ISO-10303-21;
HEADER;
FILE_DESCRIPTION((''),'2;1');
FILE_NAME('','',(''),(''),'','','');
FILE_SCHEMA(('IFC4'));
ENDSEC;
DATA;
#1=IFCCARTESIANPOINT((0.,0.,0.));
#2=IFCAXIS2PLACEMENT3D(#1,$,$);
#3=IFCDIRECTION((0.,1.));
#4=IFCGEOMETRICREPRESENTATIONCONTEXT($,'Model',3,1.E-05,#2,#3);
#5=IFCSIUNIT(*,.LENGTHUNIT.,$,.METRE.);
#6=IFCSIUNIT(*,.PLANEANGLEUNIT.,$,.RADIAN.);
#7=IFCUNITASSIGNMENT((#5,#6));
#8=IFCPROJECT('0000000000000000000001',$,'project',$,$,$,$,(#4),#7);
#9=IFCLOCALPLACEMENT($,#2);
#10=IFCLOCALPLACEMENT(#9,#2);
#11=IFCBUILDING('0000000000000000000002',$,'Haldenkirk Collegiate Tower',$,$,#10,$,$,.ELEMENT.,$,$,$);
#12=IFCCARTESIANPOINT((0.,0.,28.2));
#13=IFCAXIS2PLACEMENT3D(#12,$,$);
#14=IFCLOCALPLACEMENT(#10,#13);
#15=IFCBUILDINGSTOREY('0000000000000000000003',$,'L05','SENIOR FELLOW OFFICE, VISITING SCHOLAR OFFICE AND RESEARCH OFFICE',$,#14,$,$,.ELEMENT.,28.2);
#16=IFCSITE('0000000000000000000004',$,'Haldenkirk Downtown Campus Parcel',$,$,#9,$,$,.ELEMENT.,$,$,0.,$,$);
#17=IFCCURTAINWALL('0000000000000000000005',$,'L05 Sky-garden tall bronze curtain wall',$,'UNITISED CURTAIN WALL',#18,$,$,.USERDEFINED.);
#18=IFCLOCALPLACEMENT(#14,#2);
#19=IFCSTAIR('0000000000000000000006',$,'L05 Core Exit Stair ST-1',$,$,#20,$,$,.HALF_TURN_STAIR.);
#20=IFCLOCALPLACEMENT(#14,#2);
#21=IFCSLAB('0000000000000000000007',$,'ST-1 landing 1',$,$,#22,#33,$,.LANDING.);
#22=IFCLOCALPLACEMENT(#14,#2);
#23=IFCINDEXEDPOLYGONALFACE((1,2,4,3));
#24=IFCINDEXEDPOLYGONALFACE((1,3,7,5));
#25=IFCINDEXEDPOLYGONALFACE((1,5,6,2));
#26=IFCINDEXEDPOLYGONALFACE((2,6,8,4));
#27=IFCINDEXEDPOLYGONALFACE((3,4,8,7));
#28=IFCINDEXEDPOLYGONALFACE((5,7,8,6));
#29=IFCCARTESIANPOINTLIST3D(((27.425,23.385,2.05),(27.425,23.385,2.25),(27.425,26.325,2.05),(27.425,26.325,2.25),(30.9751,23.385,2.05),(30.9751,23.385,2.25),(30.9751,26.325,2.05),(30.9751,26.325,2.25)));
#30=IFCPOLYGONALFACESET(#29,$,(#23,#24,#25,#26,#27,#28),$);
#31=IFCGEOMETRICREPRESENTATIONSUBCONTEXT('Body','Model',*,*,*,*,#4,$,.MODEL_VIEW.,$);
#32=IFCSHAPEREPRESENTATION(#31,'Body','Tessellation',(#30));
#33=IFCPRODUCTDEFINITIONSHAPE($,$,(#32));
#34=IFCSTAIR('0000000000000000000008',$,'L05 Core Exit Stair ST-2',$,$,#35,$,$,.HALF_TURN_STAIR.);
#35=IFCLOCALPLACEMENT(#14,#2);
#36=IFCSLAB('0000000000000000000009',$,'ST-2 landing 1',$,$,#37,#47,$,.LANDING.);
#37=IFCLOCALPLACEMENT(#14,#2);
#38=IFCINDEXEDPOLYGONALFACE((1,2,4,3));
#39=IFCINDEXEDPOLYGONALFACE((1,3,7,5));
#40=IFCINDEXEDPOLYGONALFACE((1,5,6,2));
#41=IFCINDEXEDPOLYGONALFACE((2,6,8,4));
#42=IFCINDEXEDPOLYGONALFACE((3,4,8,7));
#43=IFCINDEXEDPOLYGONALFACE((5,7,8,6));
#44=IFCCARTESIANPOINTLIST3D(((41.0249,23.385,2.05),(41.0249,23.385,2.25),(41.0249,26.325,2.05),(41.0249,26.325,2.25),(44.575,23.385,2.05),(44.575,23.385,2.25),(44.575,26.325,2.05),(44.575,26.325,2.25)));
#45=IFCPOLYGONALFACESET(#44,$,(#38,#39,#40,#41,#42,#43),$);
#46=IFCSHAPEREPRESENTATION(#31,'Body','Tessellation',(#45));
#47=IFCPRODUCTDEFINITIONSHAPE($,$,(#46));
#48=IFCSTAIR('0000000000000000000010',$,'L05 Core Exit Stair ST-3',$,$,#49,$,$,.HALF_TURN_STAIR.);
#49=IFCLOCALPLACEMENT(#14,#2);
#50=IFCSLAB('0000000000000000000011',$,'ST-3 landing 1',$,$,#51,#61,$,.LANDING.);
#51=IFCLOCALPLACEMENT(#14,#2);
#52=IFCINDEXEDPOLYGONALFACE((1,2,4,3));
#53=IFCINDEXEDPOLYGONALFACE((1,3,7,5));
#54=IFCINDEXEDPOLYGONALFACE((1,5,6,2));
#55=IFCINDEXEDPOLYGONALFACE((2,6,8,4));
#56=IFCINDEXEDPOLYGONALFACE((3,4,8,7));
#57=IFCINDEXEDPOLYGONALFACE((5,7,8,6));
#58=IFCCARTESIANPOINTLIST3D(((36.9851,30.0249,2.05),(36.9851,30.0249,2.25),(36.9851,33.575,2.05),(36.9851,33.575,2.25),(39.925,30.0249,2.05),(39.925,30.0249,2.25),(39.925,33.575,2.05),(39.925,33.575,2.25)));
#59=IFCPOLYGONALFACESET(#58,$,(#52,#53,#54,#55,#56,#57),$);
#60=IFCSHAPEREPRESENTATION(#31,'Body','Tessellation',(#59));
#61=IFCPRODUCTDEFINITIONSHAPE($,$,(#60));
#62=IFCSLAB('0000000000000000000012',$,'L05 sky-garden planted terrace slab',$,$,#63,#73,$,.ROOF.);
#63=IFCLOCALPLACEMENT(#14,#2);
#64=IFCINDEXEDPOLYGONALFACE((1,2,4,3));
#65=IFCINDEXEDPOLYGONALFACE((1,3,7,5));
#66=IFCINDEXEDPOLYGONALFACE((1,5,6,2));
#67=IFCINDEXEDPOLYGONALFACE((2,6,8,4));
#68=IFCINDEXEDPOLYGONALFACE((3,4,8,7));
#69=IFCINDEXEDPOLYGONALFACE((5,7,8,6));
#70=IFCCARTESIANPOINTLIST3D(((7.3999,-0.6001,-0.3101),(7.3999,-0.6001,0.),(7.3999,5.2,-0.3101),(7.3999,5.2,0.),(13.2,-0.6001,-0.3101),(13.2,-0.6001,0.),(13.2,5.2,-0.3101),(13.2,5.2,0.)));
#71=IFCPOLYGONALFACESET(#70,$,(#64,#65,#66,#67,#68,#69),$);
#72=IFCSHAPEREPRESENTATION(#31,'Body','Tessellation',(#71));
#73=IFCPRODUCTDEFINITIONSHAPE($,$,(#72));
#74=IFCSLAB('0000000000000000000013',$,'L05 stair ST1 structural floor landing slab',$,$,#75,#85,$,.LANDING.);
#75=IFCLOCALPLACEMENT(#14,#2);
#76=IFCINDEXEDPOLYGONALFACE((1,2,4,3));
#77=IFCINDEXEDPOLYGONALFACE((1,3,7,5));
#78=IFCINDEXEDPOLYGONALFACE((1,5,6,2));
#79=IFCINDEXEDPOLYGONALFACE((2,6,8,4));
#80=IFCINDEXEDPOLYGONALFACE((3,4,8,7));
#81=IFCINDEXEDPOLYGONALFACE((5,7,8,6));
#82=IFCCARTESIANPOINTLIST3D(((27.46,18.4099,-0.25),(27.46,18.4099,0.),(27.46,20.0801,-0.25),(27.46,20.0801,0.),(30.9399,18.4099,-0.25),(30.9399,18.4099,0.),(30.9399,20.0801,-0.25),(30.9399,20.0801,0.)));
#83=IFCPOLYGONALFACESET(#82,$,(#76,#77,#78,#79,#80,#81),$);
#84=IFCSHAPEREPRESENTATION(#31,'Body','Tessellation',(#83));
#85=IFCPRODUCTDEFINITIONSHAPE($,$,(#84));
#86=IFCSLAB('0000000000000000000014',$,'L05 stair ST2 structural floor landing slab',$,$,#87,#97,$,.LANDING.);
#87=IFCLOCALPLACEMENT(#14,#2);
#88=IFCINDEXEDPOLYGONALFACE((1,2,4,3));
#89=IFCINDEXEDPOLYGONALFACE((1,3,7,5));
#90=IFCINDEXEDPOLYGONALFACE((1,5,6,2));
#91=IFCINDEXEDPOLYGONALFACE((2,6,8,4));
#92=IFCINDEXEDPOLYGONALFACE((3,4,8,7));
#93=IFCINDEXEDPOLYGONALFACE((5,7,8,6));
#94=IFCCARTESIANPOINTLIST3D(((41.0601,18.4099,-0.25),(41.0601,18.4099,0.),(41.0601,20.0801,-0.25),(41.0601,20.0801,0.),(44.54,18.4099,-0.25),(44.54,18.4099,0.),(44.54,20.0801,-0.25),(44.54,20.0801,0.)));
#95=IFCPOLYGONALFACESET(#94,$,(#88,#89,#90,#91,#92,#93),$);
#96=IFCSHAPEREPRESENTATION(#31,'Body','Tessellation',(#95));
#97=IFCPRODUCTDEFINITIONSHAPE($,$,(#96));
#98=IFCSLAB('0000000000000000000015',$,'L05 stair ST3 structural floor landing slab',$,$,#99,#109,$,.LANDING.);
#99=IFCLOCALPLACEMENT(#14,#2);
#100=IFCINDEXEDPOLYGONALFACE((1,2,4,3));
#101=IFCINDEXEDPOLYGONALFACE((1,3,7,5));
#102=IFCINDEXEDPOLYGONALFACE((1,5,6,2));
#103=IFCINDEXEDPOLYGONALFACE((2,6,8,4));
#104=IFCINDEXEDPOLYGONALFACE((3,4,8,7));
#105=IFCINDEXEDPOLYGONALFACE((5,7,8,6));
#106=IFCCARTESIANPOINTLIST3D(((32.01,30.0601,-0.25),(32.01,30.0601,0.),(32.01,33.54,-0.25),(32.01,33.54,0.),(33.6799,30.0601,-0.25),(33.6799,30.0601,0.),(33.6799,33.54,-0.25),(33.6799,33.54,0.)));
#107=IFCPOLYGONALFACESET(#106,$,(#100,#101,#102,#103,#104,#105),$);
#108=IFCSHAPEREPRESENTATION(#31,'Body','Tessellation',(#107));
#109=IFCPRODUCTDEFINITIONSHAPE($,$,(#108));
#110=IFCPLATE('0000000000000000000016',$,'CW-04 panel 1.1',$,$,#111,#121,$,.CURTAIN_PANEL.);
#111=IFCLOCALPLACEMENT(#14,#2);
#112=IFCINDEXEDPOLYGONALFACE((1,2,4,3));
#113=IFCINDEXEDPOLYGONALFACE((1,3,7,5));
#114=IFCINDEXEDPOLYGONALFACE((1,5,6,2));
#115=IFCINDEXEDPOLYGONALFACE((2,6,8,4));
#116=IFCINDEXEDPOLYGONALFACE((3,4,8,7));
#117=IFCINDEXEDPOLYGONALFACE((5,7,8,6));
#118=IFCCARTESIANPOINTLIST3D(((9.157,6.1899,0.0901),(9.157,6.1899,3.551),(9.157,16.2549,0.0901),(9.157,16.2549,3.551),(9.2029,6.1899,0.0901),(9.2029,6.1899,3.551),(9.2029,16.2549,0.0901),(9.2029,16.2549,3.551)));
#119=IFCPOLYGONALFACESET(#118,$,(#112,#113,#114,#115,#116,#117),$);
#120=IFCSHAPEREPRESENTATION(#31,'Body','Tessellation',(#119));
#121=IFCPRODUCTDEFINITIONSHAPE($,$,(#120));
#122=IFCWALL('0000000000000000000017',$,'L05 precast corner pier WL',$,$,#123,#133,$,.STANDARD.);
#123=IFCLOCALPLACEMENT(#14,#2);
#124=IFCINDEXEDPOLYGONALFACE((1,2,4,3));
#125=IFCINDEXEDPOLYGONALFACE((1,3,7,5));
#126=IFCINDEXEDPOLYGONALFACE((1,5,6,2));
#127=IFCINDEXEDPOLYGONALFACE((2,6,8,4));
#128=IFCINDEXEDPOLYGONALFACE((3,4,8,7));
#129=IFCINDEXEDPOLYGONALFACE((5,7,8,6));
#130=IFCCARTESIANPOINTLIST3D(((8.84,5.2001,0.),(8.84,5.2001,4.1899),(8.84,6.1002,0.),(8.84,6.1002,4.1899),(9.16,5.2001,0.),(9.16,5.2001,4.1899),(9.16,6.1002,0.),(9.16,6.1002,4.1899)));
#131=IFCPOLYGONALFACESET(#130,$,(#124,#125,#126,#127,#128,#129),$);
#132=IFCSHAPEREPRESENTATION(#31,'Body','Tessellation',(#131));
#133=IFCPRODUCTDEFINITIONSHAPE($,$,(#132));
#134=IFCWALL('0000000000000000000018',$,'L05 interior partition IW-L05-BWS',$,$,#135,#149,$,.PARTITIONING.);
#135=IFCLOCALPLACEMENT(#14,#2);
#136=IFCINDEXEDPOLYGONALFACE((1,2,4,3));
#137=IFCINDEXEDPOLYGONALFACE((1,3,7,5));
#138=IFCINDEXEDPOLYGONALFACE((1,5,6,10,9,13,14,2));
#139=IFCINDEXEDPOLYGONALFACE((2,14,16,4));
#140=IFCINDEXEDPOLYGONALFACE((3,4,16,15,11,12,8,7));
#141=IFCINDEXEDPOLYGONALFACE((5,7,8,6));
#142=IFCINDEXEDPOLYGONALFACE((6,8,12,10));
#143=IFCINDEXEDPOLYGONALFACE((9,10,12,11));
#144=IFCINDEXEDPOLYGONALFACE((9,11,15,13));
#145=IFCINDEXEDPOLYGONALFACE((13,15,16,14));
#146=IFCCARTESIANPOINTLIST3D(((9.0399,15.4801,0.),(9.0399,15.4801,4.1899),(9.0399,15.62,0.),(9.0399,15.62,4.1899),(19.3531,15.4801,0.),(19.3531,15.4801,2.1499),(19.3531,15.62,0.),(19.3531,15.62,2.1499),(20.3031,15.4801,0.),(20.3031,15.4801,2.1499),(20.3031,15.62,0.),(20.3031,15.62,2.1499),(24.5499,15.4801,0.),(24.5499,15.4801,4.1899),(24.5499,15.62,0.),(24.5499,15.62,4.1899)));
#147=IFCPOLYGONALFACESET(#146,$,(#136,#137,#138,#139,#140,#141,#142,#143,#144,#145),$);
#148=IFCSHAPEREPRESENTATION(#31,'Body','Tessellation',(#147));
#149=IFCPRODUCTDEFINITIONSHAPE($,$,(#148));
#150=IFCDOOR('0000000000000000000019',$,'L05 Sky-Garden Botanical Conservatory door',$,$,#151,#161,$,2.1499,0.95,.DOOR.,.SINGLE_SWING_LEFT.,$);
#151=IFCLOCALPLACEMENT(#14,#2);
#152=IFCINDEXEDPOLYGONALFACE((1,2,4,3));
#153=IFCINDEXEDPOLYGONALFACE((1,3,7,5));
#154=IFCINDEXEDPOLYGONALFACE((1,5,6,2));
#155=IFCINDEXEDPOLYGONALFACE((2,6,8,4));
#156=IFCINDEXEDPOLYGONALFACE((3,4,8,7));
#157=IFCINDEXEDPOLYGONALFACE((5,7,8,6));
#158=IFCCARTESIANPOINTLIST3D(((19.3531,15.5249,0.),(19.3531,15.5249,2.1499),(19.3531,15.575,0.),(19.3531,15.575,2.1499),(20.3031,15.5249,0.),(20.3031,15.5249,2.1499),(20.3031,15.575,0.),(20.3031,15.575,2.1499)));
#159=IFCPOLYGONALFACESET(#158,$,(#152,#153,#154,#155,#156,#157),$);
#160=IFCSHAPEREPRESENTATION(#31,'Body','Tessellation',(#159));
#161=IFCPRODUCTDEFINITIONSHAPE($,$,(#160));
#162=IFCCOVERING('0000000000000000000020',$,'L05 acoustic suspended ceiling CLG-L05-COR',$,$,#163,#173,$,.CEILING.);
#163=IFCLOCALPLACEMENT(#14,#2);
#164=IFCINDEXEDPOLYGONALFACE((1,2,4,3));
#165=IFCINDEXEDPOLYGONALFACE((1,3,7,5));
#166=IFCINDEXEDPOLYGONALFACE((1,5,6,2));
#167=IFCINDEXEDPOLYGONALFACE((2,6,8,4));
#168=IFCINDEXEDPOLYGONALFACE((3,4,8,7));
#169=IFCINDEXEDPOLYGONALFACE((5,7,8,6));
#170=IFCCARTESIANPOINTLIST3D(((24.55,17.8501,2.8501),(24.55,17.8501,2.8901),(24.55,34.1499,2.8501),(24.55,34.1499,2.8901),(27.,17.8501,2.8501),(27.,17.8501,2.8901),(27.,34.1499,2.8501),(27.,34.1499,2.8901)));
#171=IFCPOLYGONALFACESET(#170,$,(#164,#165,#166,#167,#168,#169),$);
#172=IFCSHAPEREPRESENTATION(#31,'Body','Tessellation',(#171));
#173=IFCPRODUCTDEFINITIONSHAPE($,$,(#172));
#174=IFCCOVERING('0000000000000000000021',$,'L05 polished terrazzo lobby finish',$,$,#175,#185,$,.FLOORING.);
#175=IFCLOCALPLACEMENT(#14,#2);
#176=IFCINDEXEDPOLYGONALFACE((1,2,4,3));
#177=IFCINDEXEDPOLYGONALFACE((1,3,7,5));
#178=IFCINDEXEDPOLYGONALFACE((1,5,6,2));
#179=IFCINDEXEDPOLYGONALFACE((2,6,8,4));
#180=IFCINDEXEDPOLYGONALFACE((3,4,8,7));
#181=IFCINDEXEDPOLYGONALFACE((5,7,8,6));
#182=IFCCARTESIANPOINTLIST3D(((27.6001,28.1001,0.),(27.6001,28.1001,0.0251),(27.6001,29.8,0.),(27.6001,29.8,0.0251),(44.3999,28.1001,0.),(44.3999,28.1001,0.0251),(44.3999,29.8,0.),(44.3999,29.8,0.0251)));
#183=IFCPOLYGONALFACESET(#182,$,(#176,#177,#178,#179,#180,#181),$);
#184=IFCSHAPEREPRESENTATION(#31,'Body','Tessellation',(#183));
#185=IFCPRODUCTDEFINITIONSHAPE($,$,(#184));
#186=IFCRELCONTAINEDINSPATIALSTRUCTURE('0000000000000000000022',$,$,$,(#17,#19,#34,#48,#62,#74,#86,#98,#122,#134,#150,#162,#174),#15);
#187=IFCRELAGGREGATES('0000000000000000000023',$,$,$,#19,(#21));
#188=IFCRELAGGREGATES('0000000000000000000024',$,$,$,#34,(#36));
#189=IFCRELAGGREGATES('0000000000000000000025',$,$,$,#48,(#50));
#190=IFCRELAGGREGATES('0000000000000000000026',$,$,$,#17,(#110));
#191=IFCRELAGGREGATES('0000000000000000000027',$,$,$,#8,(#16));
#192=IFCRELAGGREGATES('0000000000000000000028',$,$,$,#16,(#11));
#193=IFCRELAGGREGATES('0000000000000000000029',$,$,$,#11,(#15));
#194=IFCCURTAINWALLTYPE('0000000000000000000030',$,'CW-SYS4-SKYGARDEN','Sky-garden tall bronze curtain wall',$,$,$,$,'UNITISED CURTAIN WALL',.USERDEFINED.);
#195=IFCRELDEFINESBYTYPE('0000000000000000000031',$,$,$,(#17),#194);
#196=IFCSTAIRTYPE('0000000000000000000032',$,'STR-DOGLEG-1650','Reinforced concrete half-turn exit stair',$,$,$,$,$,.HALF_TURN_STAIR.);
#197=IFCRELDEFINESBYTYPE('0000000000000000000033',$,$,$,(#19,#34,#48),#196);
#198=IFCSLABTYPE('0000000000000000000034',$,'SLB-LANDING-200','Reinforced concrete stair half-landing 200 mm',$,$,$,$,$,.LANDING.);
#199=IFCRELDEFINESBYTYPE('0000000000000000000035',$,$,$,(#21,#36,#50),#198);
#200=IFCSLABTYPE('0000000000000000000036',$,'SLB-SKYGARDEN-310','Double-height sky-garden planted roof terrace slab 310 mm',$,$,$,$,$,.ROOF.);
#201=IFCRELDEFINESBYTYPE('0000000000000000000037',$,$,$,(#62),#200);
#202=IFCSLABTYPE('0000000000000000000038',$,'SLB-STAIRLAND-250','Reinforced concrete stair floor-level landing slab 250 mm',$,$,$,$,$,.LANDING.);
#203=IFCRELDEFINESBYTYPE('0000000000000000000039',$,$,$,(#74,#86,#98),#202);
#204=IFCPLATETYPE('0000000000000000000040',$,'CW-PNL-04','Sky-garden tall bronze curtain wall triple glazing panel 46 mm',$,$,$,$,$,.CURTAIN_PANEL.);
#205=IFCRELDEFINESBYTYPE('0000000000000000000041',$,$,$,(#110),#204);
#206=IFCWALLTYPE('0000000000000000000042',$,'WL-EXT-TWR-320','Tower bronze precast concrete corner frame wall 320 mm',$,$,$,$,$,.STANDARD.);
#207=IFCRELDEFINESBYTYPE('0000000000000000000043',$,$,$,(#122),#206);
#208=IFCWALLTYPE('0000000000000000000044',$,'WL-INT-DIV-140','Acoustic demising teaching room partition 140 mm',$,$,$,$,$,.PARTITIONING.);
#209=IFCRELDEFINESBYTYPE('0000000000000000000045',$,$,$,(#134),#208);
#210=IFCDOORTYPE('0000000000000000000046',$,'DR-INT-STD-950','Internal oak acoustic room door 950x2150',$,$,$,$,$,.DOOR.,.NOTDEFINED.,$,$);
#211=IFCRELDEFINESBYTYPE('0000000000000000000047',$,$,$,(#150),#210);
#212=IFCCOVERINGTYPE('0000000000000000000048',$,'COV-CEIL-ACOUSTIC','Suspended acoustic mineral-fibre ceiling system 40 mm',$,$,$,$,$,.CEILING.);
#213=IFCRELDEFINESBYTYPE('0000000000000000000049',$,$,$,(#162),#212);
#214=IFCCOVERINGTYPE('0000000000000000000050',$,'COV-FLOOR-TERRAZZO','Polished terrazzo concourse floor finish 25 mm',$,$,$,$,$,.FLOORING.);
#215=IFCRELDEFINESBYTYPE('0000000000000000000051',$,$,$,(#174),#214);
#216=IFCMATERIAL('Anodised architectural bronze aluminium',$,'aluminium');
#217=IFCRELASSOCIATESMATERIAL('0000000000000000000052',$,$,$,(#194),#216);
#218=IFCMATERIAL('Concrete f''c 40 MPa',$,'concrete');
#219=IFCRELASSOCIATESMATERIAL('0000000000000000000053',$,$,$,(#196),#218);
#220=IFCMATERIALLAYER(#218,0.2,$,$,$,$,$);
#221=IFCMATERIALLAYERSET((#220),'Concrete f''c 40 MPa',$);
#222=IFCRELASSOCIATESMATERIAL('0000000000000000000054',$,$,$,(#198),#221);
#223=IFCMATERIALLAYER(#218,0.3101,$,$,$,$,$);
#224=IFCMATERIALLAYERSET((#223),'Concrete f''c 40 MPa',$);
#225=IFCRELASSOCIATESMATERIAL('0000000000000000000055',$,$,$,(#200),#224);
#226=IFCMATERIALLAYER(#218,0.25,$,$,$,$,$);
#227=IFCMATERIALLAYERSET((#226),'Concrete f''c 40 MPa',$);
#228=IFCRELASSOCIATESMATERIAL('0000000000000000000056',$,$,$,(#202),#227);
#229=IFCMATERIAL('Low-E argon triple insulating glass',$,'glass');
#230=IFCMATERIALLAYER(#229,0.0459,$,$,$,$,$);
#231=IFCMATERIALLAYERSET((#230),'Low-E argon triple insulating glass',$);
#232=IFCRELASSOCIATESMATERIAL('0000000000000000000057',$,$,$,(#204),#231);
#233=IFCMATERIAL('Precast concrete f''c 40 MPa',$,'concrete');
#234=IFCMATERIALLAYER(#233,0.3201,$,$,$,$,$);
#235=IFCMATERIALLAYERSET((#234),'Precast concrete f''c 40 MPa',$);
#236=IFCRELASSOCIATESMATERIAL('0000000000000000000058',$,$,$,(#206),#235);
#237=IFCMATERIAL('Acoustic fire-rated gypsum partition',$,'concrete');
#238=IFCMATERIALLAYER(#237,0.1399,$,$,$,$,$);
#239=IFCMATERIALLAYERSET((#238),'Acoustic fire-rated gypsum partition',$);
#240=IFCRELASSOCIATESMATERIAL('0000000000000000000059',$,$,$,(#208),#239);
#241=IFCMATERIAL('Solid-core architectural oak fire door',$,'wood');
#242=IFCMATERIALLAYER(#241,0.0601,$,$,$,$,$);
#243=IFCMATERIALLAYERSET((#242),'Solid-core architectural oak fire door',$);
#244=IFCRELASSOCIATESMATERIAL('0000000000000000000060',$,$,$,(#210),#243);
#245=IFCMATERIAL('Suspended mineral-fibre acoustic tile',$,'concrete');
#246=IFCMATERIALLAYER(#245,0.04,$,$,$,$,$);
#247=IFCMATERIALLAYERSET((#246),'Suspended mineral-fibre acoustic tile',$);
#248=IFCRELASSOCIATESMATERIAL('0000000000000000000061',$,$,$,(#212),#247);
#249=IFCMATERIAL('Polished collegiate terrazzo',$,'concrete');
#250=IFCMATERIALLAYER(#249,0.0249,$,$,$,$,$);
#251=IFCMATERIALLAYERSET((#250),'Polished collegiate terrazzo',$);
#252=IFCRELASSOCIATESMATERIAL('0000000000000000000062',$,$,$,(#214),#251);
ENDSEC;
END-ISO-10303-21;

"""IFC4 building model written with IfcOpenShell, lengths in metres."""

from ifc_helpers import new_model, si_unit, direction, frame, frame_2d, origin, origin_2d, place, context, subcontext, project, spatial, polyline, rectangle, outline, extrude, source, transform, mapped, material, layer, layer_set, type_object, element, fill, aggregate, save


model = new_model("IFC4")

# Units and contexts
model_context = context("Model", 3, precision=1e-05, world=origin(), true_north=direction((0.0, 1.0)))
body_context = subcontext(model_context, "Body", "Model", "MODEL_VIEW")
ifc_project = project(units=[si_unit("LENGTHUNIT", "METRE"), si_unit("PLANEANGLEUNIT", "RADIAN")], contexts=[model_context])

# Site, building, storey
site_placement = place(None, origin())
site = spatial("IfcSite", under=ifc_project, at=site_placement, Name="Haldenkirk Downtown Campus Parcel", CompositionType="ELEMENT", RefElevation=0.0)
building_placement = place(site_placement, origin())
building = spatial("IfcBuilding", under=site, at=building_placement, Name="Haldenkirk Collegiate Tower", CompositionType="ELEMENT")
storey_placement = place(building_placement, frame((0.0, 0.0, 28.2)))
storey = spatial("IfcBuildingStorey", under=building, at=storey_placement, Name="L05", Description="SENIOR FELLOW OFFICE, VISITING SCHOLAR OFFICE AND RESEARCH OFFICE", CompositionType="ELEMENT", Elevation=28.2)

# Curtain wall
ifc_material_1 = material(Name="Anodised architectural bronze aluminium", Category="aluminium")
curtain_wall_type = type_object("IfcCurtainWallType", Name="CW-SYS4-SKYGARDEN", Description="Sky-garden tall bronze curtain wall", ElementType="UNITISED CURTAIN WALL", PredefinedType="USERDEFINED", material=ifc_material_1)
curtain_wall_placement = place(storey_placement, origin())
curtain_wall = element("IfcCurtainWall", 1, at=curtain_wall_placement, inside=storey, type_object=curtain_wall_type, Name="L05 Sky-garden tall bronze curtain wall", ObjectType="UNITISED CURTAIN WALL", PredefinedType="USERDEFINED")

# Shared definitions
ifc_material_2 = material(Name="Concrete f'c 40 MPa", Category="concrete")

# Stairs, slabs
stair_type = type_object("IfcStairType", Name="STR-DOGLEG-1650", Description="Reinforced concrete half-turn exit stair", PredefinedType="HALF_TURN_STAIR", material=ifc_material_2)
stair_1_placement = place(storey_placement, origin())
stair_1 = element("IfcStair", 2, at=stair_1_placement, inside=storey, type_object=stair_type, Name="L05 Core Exit Stair ST-1", PredefinedType="HALF_TURN_STAIR")
ifc_layer_1 = layer(ifc_material_2, 0.2)
ifc_layer_set_1 = layer_set([ifc_layer_1], Name="Concrete f'c 40 MPa")
slab_type_1 = type_object("IfcSlabType", Name="SLB-LANDING-200", Description="Reinforced concrete stair half-landing 200 mm", PredefinedType="LANDING", material=ifc_layer_set_1)
slab_1_placement = place(storey_placement, frame((0.0, 0.0, 2.05)))
slab_1 = element("IfcSlab", 3, at=slab_1_placement, type_object=slab_type_1, Name="ST-1 landing 1", PredefinedType="LANDING", context=body_context, shape_type="SweptSolid", body=[
    extrude(outline(polyline([(30.9751, 23.385), (27.425, 23.385), (27.425, 26.325), (30.9751, 26.325), (30.9751, 23.385)])), origin(), (0.0, 0.0, 1.0), 0.2),
])
aggregate(stair_1, [slab_1])
stair_2_placement = place(storey_placement, origin())
stair_2 = element("IfcStair", 4, at=stair_2_placement, inside=storey, type_object=stair_type, Name="L05 Core Exit Stair ST-2", PredefinedType="HALF_TURN_STAIR")
slab_2_placement = place(storey_placement, frame((0.0, 0.0, 2.05)))
slab_2 = element("IfcSlab", 5, at=slab_2_placement, type_object=slab_type_1, Name="ST-2 landing 1", PredefinedType="LANDING", context=body_context, shape_type="SweptSolid", body=[
    extrude(outline(polyline([(44.575, 23.385), (41.0249, 23.385), (41.0249, 26.325), (44.575, 26.325), (44.575, 23.385)])), origin(), (0.0, 0.0, 1.0), 0.2),
])
aggregate(stair_2, [slab_2])
stair_3_placement = place(storey_placement, origin())
stair_3 = element("IfcStair", 6, at=stair_3_placement, inside=storey, type_object=stair_type, Name="L05 Core Exit Stair ST-3", PredefinedType="HALF_TURN_STAIR")
slab_3_placement = place(storey_placement, frame((0.0, 0.0, 2.05)))
slab_3 = element("IfcSlab", 7, at=slab_3_placement, type_object=slab_type_1, Name="ST-3 landing 1", PredefinedType="LANDING", context=body_context, shape_type="SweptSolid", body=[
    extrude(outline(polyline([(36.9851, 30.0249), (36.9851, 33.575), (39.925, 33.575), (39.925, 30.0249), (36.9851, 30.0249)])), origin(), (0.0, 0.0, 1.0), 0.2),
])
aggregate(stair_3, [slab_3])

# Slabs
ifc_layer_2 = layer(ifc_material_2, 0.3101)
ifc_layer_set_2 = layer_set([ifc_layer_2], Name="Concrete f'c 40 MPa")
slab_type_2 = type_object("IfcSlabType", Name="SLB-SKYGARDEN-310", Description="Double-height sky-garden planted roof terrace slab 310 mm", PredefinedType="ROOF", material=ifc_layer_set_2)
slab_4_placement = place(storey_placement, frame((0.0, 0.0, -0.3101)))
element("IfcSlab", 8, at=slab_4_placement, inside=storey, type_object=slab_type_2, Name="L05 sky-garden planted terrace slab", PredefinedType="ROOF", context=body_context, shape_type="SweptSolid", body=[
    extrude(outline(polyline([(7.3999, -0.6001), (13.2, -0.6001), (13.2, 5.2), (7.3999, 5.2), (7.3999, -0.6001)])), origin(), (0.0, 0.0, 1.0), 0.3101),
])
ifc_layer_3 = layer(ifc_material_2, 0.25)
ifc_layer_set_3 = layer_set([ifc_layer_3], Name="Concrete f'c 40 MPa")
slab_type_3 = type_object("IfcSlabType", Name="SLB-STAIRLAND-250", Description="Reinforced concrete stair floor-level landing slab 250 mm", PredefinedType="LANDING", material=ifc_layer_set_3)
slab_5_placement = place(storey_placement, frame((0.0, 0.0, -0.25)))
element("IfcSlab", 9, at=slab_5_placement, inside=storey, type_object=slab_type_3, Name="L05 stair ST1 structural floor landing slab", PredefinedType="LANDING", context=body_context, shape_type="SweptSolid", body=[
    extrude(outline(polyline([(27.46, 18.4099), (30.9399, 18.4099), (30.9399, 20.0801), (27.46, 20.0801), (27.46, 18.4099)])), origin(), (0.0, 0.0, 1.0), 0.25),
])
slab_6_placement = place(storey_placement, frame((0.0, 0.0, -0.25)))
element("IfcSlab", 10, at=slab_6_placement, inside=storey, type_object=slab_type_3, Name="L05 stair ST2 structural floor landing slab", PredefinedType="LANDING", context=body_context, shape_type="SweptSolid", body=[
    extrude(outline(polyline([(41.0601, 18.4099), (44.54, 18.4099), (44.54, 20.0801), (41.0601, 20.0801), (41.0601, 18.4099)])), origin(), (0.0, 0.0, 1.0), 0.25),
])
slab_7_placement = place(storey_placement, frame((0.0, 0.0, -0.25)))
element("IfcSlab", 11, at=slab_7_placement, inside=storey, type_object=slab_type_3, Name="L05 stair ST3 structural floor landing slab", PredefinedType="LANDING", context=body_context, shape_type="SweptSolid", body=[
    extrude(outline(polyline([(32.01, 30.0601), (33.6799, 30.0601), (33.6799, 33.54), (32.01, 33.54), (32.01, 30.0601)])), origin(), (0.0, 0.0, 1.0), 0.25),
])

# Plate
ifc_material_3 = material(Name="Low-E argon triple insulating glass", Category="glass")
ifc_layer_4 = layer(ifc_material_3, 0.0459)
ifc_layer_set_4 = layer_set([ifc_layer_4], Name="Low-E argon triple insulating glass")
plate_type = type_object("IfcPlateType", Name="CW-PNL-04", Description="Sky-garden tall bronze curtain wall triple glazing panel 46 mm", PredefinedType="CURTAIN_PANEL", material=ifc_layer_set_4)
shared_shape_1 = source(origin(), body_context, "Body", "SweptSolid", [
    extrude(rectangle(XDim=10.0649, YDim=0.0459, at=origin_2d()), origin(), (0.0, 0.0, 1.0), 3.4609),
])
plate_placement = place(storey_placement, frame((9.1799, 11.2224, 0.0901), z_axis=(0.0, 0.0, 1.0), x_axis=(0.0, 1.0, 0.0)))
plate = element("IfcPlate", 12, at=plate_placement, type_object=plate_type, Name="CW-04 panel 1.1", PredefinedType="CURTAIN_PANEL", context=body_context, shape_type="MappedRepresentation", body=[
    mapped(shared_shape_1, transform((0.0, 0.0, 0.0), x_axis=(1.0, 0.0, 0.0), y_axis=(0.0, 1.0, 0.0), z_axis=(0.0, 0.0, 1.0), scale=1.0)),
])
aggregate(curtain_wall, [plate])

# Wall
ifc_material_4 = material(Name="Precast concrete f'c 40 MPa", Category="concrete")
ifc_layer_5 = layer(ifc_material_4, 0.3201)
ifc_layer_set_5 = layer_set([ifc_layer_5], Name="Precast concrete f'c 40 MPa")
wall_type_1 = type_object("IfcWallType", Name="WL-EXT-TWR-320", Description="Tower bronze precast concrete corner frame wall 320 mm", PredefinedType="STANDARD", material=ifc_layer_set_5)
wall_1_placement = place(storey_placement, frame((9.0, 5.2, 0.0), z_axis=(0.0, 0.0, 1.0), x_axis=(0.0, 1.0, 0.0)))
element("IfcWall", 13, at=wall_1_placement, inside=storey, type_object=wall_type_1, Name="L05 precast corner pier WL", PredefinedType="STANDARD", context=body_context, shape_type="SweptSolid", body=[
    extrude(rectangle(XDim=0.9001, YDim=0.3201, at=frame_2d((0.4502, 0.0))), origin(), (0.0, 0.0, 1.0), 4.1899),
])

# Wall, opening, door
ifc_material_5 = material(Name="Acoustic fire-rated gypsum partition", Category="concrete")
ifc_layer_6 = layer(ifc_material_5, 0.1399)
ifc_layer_set_6 = layer_set([ifc_layer_6], Name="Acoustic fire-rated gypsum partition")
wall_type_2 = type_object("IfcWallType", Name="WL-INT-DIV-140", Description="Acoustic demising teaching room partition 140 mm", PredefinedType="PARTITIONING", material=ifc_layer_set_6)
wall_2_placement = place(storey_placement, frame((9.04, 15.55, 0.0), z_axis=(0.0, 0.0, 1.0), x_axis=(1.0, 0.0, 0.0)))
wall_2 = element("IfcWall", 14, at=wall_2_placement, inside=storey, type_object=wall_type_2, Name="L05 interior partition IW-L05-BWS", PredefinedType="PARTITIONING", context=body_context, shape_type="SweptSolid", body=[
    extrude(rectangle(XDim=15.51, YDim=0.1399, at=frame_2d((7.7549, 0.0))), origin(), (0.0, 0.0, 1.0), 4.1899),
])
opening_placement = place(wall_2_placement, frame((10.313, 0.0, 0.0)))
opening = element("IfcOpeningElement", 15, at=opening_placement, cuts=wall_2, PredefinedType="OPENING", context=body_context, shape_type="SweptSolid", body=[
    extrude(rectangle(XDim=0.95, YDim=2.1499, at=frame_2d((0.4751, 1.075))), frame((0.0, 0.0798, 0.0), z_axis=(0.0, -1.0, 0.0), x_axis=(1.0, 0.0, 0.0)), (0.0, 0.0, 1.0), 0.1599),
])
ifc_material_6 = material(Name="Solid-core architectural oak fire door", Category="wood")
ifc_layer_7 = layer(ifc_material_6, 0.0601)
ifc_layer_set_7 = layer_set([ifc_layer_7], Name="Solid-core architectural oak fire door")
door_type = type_object("IfcDoorType", Name="DR-INT-STD-950", Description="Internal oak acoustic room door 950x2150", OperationType="NOTDEFINED", PredefinedType="DOOR", material=ifc_layer_set_7)
door_placement = place(opening_placement, origin())
door = element("IfcDoor", 16, at=door_placement, inside=storey, type_object=door_type, Name="L05 Sky-Garden Botanical Conservatory door", OperationType="SINGLE_SWING_LEFT", OverallHeight=2.1499, OverallWidth=0.95, PredefinedType="DOOR", context=body_context, shape_type="SweptSolid", body=[
    extrude(rectangle(XDim=0.95, YDim=2.1499, at=frame_2d((0.4751, 1.075))), frame((0.0, 0.0249, 0.0), z_axis=(0.0, -1.0, 0.0), x_axis=(1.0, 0.0, 0.0)), (0.0, 0.0, 1.0), 0.05),
])
fill(opening, door)

# Coverings
ifc_material_7 = material(Name="Suspended mineral-fibre acoustic tile", Category="concrete")
ifc_layer_8 = layer(ifc_material_7, 0.04)
ifc_layer_set_8 = layer_set([ifc_layer_8], Name="Suspended mineral-fibre acoustic tile")
covering_type_1 = type_object("IfcCoveringType", Name="COV-CEIL-ACOUSTIC", Description="Suspended acoustic mineral-fibre ceiling system 40 mm", PredefinedType="CEILING", material=ifc_layer_set_8)
covering_1_placement = place(storey_placement, frame((0.0, 0.0, 2.8501)))
element("IfcCovering", 17, at=covering_1_placement, inside=storey, type_object=covering_type_1, Name="L05 acoustic suspended ceiling CLG-L05-COR", PredefinedType="CEILING", context=body_context, shape_type="SweptSolid", body=[
    extrude(outline(polyline([(24.55, 17.8501), (27.0, 17.8501), (27.0, 34.1499), (24.55, 34.1499), (24.55, 17.8501)])), origin(), (0.0, 0.0, 1.0), 0.04),
])
ifc_material_8 = material(Name="Polished collegiate terrazzo", Category="concrete")
ifc_layer_9 = layer(ifc_material_8, 0.0249)
ifc_layer_set_9 = layer_set([ifc_layer_9], Name="Polished collegiate terrazzo")
covering_type_2 = type_object("IfcCoveringType", Name="COV-FLOOR-TERRAZZO", Description="Polished terrazzo concourse floor finish 25 mm", PredefinedType="FLOORING", material=ifc_layer_set_9)
covering_2_placement = place(storey_placement, origin())
element("IfcCovering", 18, at=covering_2_placement, inside=storey, type_object=covering_type_2, Name="L05 polished terrazzo lobby finish", PredefinedType="FLOORING", context=body_context, shape_type="SweptSolid", body=[
    extrude(outline(polyline([(27.6001, 28.1001), (44.3999, 28.1001), (44.3999, 29.8), (27.6001, 29.8), (27.6001, 28.1001)])), origin(), (0.0, 0.0, 1.0), 0.0251),
])

save(model, "model.ifc")
